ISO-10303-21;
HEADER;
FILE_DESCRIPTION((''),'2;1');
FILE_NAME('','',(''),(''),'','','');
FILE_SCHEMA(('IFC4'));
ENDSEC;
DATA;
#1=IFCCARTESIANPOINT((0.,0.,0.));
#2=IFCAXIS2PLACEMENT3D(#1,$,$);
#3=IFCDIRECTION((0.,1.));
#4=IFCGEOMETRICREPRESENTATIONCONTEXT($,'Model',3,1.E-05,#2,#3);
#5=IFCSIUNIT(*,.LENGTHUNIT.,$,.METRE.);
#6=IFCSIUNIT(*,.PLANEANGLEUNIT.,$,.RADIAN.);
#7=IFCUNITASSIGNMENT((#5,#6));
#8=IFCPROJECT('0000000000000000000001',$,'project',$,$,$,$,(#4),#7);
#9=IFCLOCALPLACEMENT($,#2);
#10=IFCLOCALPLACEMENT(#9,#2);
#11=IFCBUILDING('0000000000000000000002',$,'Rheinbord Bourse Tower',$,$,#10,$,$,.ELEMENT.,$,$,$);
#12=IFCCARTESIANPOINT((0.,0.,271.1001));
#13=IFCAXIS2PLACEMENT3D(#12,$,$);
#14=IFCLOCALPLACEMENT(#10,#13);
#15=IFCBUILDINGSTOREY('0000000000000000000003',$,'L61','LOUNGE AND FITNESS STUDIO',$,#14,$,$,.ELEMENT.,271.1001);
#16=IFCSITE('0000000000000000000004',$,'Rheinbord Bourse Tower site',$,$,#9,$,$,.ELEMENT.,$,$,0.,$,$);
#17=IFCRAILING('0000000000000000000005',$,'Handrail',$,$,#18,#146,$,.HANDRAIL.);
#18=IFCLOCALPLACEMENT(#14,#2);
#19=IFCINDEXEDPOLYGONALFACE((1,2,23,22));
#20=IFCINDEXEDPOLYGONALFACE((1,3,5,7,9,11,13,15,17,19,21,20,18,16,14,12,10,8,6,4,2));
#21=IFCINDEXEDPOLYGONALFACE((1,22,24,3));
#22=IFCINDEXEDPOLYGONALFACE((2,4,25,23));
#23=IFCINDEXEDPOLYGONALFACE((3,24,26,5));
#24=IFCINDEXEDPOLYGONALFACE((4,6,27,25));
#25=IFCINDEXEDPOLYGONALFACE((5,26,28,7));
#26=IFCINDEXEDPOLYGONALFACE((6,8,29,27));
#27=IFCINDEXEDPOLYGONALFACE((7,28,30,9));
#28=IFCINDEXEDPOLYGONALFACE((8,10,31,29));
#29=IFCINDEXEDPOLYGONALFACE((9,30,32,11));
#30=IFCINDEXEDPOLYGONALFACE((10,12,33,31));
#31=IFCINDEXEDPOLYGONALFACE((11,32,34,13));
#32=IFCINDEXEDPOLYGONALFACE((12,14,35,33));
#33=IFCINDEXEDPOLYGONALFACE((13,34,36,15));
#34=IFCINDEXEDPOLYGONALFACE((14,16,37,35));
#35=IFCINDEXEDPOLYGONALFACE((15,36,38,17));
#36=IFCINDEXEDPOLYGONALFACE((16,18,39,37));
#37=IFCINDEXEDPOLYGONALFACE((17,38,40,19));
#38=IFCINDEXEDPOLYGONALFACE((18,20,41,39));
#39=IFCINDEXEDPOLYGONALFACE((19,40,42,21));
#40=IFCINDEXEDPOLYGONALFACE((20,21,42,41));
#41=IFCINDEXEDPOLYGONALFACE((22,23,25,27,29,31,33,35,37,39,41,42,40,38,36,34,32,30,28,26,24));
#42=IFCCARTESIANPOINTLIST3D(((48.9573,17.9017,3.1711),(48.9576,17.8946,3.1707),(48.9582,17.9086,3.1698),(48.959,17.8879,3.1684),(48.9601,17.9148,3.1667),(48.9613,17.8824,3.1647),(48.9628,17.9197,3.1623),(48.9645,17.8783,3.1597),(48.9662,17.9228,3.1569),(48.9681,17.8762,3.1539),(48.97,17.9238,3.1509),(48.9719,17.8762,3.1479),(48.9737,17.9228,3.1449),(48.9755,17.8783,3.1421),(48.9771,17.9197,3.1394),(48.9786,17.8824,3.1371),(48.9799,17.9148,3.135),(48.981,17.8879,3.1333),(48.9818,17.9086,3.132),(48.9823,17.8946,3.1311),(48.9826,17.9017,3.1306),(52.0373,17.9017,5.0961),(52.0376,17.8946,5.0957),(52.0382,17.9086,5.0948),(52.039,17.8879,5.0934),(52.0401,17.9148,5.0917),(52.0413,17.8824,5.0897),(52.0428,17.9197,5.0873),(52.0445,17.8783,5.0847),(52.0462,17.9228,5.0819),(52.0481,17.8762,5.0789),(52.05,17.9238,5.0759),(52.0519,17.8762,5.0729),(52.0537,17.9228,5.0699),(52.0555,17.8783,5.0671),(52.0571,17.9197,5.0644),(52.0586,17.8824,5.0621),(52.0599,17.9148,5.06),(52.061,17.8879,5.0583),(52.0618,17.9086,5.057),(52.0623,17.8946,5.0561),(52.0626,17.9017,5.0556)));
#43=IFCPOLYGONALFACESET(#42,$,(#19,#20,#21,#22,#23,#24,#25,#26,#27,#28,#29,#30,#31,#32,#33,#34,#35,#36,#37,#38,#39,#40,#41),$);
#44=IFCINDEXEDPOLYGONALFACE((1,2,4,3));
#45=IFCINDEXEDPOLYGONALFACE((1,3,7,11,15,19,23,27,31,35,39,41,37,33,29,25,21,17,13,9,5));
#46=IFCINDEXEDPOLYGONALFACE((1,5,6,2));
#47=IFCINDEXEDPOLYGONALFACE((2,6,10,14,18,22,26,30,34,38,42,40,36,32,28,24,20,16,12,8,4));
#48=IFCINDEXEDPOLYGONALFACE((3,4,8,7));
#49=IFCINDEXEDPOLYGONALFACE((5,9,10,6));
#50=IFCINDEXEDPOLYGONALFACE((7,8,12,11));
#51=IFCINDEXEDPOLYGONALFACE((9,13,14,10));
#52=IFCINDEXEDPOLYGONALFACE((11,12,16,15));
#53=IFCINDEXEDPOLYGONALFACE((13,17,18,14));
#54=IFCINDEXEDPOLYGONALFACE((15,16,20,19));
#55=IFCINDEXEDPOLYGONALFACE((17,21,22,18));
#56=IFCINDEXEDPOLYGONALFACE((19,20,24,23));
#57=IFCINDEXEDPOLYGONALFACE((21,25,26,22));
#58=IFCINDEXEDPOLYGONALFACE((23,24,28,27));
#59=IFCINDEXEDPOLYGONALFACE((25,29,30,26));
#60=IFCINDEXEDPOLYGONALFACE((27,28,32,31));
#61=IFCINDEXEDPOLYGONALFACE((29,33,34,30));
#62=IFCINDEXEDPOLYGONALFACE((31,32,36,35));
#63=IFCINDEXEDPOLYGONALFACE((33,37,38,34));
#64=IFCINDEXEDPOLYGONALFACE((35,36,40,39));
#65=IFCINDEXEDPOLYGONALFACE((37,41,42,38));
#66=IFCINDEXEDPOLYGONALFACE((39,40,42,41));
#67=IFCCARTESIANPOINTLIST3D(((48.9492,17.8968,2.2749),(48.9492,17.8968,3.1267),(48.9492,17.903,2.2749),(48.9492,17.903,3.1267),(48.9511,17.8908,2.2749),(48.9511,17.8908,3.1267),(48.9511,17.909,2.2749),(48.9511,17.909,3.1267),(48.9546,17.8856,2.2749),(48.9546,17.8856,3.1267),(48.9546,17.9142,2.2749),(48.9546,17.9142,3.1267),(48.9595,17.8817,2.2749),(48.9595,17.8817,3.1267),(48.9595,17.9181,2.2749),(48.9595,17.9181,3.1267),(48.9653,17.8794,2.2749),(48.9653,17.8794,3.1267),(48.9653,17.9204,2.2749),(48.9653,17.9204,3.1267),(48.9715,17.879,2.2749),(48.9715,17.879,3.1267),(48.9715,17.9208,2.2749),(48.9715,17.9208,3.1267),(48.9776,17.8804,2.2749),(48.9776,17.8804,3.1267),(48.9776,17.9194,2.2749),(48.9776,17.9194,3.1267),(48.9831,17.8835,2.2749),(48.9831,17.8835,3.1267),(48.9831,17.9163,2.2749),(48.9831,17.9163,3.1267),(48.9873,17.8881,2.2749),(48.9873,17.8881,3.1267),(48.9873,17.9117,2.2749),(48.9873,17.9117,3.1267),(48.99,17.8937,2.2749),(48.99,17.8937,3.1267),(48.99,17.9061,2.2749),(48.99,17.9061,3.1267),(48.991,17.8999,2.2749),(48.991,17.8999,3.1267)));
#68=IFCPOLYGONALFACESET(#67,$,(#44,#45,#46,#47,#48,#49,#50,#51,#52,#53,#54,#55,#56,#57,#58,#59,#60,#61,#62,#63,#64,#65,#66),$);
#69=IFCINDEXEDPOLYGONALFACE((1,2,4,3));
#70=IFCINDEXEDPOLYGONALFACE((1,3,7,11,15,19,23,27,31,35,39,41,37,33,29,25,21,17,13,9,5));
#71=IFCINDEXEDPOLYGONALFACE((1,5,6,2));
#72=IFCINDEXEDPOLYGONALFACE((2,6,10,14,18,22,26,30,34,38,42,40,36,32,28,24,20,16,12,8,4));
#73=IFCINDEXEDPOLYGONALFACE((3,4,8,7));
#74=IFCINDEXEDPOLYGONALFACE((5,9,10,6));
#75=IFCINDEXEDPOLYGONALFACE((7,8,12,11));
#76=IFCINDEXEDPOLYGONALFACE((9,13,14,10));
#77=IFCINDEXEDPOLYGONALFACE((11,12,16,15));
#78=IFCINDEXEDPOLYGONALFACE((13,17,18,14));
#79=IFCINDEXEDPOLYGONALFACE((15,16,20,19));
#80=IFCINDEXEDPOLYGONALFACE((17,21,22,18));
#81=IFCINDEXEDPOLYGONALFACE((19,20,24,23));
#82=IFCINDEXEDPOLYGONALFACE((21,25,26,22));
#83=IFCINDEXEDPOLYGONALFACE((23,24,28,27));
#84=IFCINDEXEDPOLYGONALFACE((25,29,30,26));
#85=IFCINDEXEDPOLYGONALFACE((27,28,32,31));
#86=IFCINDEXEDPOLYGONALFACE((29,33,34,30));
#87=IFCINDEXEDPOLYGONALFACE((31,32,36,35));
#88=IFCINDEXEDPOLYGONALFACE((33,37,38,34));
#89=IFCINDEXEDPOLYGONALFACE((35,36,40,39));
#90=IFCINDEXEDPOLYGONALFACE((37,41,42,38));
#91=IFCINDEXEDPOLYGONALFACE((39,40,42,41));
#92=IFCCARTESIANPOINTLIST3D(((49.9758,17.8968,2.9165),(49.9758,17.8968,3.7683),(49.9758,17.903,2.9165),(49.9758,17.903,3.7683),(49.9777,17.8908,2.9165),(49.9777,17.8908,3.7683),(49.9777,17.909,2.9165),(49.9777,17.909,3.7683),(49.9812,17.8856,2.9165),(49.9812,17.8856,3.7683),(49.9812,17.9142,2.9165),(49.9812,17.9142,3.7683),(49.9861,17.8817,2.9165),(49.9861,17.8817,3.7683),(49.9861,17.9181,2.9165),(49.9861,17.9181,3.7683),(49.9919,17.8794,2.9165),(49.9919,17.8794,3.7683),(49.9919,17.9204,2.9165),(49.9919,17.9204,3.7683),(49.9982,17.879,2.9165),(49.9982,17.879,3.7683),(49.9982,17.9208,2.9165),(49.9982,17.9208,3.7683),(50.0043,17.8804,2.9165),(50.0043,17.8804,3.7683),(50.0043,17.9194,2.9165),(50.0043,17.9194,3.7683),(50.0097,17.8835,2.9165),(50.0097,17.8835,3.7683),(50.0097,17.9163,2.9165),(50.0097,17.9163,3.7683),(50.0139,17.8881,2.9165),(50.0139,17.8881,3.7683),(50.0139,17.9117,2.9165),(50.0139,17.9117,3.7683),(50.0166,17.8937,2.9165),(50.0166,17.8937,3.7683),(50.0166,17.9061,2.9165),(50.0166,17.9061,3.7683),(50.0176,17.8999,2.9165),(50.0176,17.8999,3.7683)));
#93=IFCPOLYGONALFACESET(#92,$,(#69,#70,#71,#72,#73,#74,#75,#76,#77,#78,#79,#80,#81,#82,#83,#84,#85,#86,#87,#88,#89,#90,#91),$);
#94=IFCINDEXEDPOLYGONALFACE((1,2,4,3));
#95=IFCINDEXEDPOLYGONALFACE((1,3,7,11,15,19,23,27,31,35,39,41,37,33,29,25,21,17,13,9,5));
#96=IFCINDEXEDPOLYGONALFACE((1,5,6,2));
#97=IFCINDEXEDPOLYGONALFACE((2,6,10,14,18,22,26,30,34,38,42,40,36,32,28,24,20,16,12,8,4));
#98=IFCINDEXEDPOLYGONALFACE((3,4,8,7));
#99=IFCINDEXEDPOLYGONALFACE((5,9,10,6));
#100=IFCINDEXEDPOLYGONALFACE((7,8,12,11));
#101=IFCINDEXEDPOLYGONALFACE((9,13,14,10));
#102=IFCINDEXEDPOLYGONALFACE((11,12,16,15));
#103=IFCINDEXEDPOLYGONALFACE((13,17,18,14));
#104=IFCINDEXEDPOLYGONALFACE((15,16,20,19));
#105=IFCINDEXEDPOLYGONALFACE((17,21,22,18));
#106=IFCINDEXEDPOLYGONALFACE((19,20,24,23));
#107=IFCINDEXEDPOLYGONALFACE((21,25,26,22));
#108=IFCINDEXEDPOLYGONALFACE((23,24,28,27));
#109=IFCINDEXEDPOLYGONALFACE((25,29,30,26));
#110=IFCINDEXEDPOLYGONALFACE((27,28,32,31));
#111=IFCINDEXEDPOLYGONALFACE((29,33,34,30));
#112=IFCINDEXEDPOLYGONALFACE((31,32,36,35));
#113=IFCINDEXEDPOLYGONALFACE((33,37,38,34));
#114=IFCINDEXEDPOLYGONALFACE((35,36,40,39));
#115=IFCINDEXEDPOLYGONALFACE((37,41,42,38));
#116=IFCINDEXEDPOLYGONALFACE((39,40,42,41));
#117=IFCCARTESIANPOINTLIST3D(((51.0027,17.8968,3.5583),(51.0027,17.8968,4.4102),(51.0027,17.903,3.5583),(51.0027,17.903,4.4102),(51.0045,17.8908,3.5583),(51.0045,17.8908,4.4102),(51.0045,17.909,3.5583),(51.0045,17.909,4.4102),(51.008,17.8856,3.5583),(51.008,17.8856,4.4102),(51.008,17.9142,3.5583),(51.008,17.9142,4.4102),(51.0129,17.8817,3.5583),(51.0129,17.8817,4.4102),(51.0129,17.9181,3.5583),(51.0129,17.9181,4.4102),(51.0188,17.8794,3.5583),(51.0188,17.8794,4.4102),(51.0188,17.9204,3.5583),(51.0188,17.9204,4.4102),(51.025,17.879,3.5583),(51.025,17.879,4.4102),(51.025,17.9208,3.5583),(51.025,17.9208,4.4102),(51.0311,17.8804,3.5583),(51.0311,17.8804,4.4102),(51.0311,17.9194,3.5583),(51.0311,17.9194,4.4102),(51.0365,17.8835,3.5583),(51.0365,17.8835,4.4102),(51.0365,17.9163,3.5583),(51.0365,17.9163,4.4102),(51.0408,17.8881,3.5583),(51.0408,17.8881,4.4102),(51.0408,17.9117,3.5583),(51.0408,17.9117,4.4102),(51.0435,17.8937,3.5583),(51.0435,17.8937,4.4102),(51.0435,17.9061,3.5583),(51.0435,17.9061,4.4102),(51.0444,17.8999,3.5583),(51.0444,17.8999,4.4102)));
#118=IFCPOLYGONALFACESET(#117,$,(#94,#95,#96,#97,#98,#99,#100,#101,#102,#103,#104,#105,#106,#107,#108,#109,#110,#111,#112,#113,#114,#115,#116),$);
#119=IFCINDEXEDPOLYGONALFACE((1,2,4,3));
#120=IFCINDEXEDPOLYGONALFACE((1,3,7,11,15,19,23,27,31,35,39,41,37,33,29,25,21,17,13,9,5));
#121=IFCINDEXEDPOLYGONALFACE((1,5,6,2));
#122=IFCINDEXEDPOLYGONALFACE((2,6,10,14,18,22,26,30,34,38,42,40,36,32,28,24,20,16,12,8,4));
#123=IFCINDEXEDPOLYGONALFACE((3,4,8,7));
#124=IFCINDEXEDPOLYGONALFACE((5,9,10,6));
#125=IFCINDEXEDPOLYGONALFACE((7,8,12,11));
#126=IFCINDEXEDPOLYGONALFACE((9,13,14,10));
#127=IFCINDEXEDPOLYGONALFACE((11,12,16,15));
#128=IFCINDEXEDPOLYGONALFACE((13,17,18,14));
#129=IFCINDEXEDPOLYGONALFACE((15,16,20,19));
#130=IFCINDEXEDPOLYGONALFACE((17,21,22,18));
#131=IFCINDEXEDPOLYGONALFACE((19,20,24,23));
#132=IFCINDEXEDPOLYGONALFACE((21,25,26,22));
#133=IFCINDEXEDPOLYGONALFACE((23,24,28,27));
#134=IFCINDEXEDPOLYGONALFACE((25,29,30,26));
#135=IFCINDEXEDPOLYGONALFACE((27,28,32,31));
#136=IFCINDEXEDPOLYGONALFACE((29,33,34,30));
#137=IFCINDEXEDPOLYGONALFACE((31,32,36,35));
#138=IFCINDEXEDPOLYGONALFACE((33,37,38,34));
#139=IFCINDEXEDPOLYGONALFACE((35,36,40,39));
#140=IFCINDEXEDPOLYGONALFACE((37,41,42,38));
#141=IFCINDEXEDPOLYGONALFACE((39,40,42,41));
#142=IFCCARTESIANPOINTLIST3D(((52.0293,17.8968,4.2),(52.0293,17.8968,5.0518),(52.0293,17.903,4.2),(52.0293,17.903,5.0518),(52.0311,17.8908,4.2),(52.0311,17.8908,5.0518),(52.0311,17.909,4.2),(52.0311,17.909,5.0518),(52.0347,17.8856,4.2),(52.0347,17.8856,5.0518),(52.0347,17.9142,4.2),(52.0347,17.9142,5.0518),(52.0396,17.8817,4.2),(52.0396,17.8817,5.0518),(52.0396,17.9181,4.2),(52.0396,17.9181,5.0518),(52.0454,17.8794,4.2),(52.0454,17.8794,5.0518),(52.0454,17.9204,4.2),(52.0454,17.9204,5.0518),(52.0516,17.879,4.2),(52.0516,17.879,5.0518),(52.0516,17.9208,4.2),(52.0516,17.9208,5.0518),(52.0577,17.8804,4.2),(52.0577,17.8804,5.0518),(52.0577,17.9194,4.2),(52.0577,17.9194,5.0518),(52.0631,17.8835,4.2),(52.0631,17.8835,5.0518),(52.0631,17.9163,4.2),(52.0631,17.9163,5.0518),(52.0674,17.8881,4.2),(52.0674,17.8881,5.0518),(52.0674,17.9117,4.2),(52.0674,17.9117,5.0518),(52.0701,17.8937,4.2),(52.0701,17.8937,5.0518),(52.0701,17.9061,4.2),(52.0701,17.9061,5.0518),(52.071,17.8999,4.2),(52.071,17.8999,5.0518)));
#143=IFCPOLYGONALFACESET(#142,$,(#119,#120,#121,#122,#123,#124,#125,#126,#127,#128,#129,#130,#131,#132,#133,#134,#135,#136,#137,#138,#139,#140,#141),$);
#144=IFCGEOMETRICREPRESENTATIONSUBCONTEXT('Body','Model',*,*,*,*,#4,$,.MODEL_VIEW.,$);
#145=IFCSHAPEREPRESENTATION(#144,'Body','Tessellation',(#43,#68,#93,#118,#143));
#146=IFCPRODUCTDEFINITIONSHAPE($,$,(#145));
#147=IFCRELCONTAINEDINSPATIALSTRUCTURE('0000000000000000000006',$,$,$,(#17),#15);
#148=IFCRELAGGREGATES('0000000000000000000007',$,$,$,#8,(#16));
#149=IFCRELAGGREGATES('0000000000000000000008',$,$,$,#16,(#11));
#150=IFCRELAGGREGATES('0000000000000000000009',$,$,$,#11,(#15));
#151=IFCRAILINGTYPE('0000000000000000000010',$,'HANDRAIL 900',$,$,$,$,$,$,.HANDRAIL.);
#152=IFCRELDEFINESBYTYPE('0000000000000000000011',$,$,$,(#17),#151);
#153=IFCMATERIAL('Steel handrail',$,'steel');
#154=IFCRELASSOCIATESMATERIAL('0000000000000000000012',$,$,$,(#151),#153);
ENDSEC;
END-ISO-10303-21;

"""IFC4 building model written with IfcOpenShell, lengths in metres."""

from ifc_helpers import new_model, si_unit, direction, frame, origin, origin_2d, place, context, subcontext, project, spatial, circle, extrude, material, type_object, element, save


model = new_model("IFC4")

# Units and contexts
model_context = context("Model", 3, precision=1e-05, world=origin(), true_north=direction((0.0, 1.0)))
body_context = subcontext(model_context, "Body", "Model", "MODEL_VIEW")
ifc_project = project(units=[si_unit("LENGTHUNIT", "METRE"), si_unit("PLANEANGLEUNIT", "RADIAN")], contexts=[model_context])

# Site, building, storey
site_placement = place(None, origin())
site = spatial("IfcSite", under=ifc_project, at=site_placement, Name="Rheinbord Bourse Tower site", CompositionType="ELEMENT", RefElevation=0.0)
building_placement = place(site_placement, origin())
building = spatial("IfcBuilding", under=site, at=building_placement, Name="Rheinbord Bourse Tower", CompositionType="ELEMENT")
storey_placement = place(building_placement, frame((0.0, 0.0, 271.1001)))
storey = spatial("IfcBuildingStorey", under=building, at=storey_placement, Name="L61", Description="LOUNGE AND FITNESS STUDIO", CompositionType="ELEMENT", Elevation=271.1001)

# Railing
ifc_material_1 = material(Name="Steel handrail", Category="steel")
railing_type = type_object("IfcRailingType", Name="HANDRAIL 900", PredefinedType="HANDRAIL", material=ifc_material_1)
railing_1_placement = place(storey_placement, frame((48.97, 17.8999, 2.2749)))
element("IfcRailing", 1, at=railing_1_placement, inside=storey, type_object=railing_type, Name="Handrail", PredefinedType="HANDRAIL", context=body_context, shape_type="SweptSolid", body=[
    extrude(circle(Radius=0.0239, at=origin_2d()), frame((0.0, 0.0, 0.876), z_axis=(0.847998, 0.0, 0.529999), x_axis=(0.0, 1.0, 0.0)), (0.0, 0.0, 1.0), 3.6321),
    extrude(circle(Radius=0.021, at=origin_2d()), origin(), (0.0, 0.0, 1.0), 0.8518),
    extrude(circle(Radius=0.021, at=origin_2d()), frame((1.0266, 0.0, 0.6416)), (0.0, 0.0, 1.0), 0.8518),
    extrude(circle(Radius=0.021, at=origin_2d()), frame((2.0535, 0.0, 1.2834)), (0.0, 0.0, 1.0), 0.8518),
    extrude(circle(Radius=0.021, at=origin_2d()), frame((3.0801, 0.0, 1.925)), (0.0, 0.0, 1.0), 0.8518),
])

save(model, "model.ifc")
